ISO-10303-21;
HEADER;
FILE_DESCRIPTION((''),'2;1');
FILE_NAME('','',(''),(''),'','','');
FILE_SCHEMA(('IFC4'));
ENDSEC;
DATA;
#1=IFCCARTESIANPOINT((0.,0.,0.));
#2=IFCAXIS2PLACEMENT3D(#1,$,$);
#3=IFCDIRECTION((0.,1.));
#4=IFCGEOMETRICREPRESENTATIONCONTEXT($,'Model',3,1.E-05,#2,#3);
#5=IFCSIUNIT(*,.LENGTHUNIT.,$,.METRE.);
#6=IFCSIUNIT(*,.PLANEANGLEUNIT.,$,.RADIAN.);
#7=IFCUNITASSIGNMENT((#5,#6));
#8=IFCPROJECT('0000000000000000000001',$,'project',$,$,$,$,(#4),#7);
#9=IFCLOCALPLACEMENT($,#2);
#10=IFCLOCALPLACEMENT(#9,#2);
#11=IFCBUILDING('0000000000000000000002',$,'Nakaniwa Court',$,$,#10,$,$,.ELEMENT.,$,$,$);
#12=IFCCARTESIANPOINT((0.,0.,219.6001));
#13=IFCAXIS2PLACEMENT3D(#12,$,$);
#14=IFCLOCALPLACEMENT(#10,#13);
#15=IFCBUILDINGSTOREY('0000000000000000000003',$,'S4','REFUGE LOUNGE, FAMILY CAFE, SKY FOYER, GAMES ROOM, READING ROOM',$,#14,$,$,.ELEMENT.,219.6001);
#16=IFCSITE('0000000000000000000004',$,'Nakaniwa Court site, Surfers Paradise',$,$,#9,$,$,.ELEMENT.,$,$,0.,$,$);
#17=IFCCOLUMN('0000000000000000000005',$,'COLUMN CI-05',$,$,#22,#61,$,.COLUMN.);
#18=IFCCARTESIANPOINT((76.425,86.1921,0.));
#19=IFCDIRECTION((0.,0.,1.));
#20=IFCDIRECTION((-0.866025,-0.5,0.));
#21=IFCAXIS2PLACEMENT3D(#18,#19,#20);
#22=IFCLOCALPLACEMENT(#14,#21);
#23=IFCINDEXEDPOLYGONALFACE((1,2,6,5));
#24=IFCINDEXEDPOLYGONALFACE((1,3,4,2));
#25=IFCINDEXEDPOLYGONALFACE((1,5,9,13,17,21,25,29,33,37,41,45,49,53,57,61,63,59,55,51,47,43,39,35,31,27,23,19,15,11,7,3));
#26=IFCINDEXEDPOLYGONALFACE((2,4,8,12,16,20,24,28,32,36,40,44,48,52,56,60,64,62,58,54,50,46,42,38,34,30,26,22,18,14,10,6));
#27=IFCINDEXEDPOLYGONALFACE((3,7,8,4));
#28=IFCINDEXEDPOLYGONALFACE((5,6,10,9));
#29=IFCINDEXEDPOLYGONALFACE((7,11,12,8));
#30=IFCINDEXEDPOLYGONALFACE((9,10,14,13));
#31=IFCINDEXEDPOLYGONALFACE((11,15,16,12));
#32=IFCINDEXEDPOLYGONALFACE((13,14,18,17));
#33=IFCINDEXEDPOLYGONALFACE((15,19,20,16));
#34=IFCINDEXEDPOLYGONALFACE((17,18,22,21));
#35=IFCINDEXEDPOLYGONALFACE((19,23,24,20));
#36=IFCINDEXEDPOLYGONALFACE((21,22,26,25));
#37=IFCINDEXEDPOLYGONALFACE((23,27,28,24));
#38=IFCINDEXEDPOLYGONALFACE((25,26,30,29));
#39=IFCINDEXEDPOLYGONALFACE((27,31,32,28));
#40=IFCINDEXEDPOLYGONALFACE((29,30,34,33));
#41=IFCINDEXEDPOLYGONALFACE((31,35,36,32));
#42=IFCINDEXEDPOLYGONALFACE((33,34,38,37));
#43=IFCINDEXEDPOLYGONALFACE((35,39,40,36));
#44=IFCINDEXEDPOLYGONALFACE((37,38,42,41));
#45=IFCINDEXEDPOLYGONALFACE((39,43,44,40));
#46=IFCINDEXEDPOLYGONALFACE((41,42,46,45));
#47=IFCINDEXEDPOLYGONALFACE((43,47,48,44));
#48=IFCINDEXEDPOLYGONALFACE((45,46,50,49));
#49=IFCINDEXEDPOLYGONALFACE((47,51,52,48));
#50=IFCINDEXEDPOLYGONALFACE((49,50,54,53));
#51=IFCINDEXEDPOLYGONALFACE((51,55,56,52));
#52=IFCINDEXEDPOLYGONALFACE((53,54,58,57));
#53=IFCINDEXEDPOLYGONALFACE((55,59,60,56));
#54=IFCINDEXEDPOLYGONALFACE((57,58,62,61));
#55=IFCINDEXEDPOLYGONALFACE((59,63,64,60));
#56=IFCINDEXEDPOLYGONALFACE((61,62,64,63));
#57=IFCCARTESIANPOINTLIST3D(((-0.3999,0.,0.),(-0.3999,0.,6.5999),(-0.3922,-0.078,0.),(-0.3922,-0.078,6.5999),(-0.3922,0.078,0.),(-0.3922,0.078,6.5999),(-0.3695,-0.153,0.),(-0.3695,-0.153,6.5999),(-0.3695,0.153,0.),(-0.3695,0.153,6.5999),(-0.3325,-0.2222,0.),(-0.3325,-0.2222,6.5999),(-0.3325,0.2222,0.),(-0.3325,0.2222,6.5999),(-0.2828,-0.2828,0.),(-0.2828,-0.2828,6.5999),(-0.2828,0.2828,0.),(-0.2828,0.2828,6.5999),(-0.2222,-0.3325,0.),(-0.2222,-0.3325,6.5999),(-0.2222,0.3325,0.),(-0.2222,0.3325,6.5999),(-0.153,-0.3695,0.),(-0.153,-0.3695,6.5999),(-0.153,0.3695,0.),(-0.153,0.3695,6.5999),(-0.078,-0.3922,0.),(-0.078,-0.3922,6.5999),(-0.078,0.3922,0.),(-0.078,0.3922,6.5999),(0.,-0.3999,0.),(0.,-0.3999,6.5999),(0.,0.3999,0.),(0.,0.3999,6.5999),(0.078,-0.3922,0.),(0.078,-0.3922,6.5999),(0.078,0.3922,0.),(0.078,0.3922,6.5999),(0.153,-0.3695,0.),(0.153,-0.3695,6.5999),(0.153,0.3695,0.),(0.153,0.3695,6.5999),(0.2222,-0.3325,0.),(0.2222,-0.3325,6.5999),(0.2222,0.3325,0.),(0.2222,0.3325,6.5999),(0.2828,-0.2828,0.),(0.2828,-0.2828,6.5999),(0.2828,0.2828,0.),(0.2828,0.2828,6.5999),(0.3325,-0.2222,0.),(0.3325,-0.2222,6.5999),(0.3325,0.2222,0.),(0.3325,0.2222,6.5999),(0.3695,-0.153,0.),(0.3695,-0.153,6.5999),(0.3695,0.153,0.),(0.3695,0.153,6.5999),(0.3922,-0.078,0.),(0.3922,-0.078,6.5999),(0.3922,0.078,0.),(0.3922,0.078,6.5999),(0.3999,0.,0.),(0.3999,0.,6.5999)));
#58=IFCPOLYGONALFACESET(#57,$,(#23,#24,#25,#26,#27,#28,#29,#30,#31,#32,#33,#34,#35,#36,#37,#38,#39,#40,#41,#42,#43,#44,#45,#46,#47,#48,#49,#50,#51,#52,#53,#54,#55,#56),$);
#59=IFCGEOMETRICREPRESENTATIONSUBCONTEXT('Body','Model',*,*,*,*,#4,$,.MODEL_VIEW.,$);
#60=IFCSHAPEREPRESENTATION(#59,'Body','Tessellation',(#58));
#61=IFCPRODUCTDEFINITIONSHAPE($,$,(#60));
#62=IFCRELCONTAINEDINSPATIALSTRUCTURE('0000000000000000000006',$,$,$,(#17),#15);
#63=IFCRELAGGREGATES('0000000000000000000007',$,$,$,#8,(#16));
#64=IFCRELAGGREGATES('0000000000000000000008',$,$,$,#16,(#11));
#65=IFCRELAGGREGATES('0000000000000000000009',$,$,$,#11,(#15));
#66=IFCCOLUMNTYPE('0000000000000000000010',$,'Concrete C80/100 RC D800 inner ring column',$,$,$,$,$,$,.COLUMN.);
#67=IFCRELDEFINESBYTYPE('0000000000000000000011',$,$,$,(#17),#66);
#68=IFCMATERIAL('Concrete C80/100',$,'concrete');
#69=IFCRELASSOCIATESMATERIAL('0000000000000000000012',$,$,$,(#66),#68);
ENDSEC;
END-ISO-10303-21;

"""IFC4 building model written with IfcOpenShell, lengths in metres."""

from ifc_helpers import new_model, si_unit, direction, frame, origin, origin_2d, place, context, subcontext, project, spatial, circle, extrude, material, material_profile, profile_set, type_object, element, save


model = new_model("IFC4")

# Units and contexts
model_context = context("Model", 3, precision=1e-05, world=origin(), true_north=direction((0.0, 1.0)))
body_context = subcontext(model_context, "Body", "Model", "MODEL_VIEW")
ifc_project = project(units=[si_unit("LENGTHUNIT", "METRE"), si_unit("PLANEANGLEUNIT", "RADIAN")], contexts=[model_context])

# Site, building, storey
site_placement = place(None, origin())
site = spatial("IfcSite", under=ifc_project, at=site_placement, Name="Nakaniwa Court site, Surfers Paradise", CompositionType="ELEMENT", RefElevation=0.0)
building_placement = place(site_placement, origin())
building = spatial("IfcBuilding", under=site, at=building_placement, Name="Nakaniwa Court", CompositionType="ELEMENT")
storey_placement = place(building_placement, frame((0.0, 0.0, 219.6001)))
storey = spatial("IfcBuildingStorey", under=building, at=storey_placement, Name="S4", Description="REFUGE LOUNGE, FAMILY CAFE, SKY FOYER, GAMES ROOM, READING ROOM", CompositionType="ELEMENT", Elevation=219.6001)

# Column
ifc_material_1 = material(Name="Concrete C80/100", Category="concrete")
ifc_material_profile_1 = material_profile(ifc_material_1, circle(Radius=0.3999, at=origin_2d()), Name="Concrete C80/100 RC D800 inner ring column")
ifc_profile_set_1 = profile_set([ifc_material_profile_1], Name="Concrete C80/100")
column_type_1 = type_object("IfcColumnType", Name="Concrete C80/100 RC D800 inner ring column", PredefinedType="COLUMN", material=ifc_profile_set_1)
column_placement = place(storey_placement, frame((76.425, 86.1921, 0.0), z_axis=(0.0, 0.0, 1.0), x_axis=(-0.866025, -0.5, 0.0)))
element("IfcColumn", 1, at=column_placement, inside=storey, type_object=column_type_1, Name="COLUMN CI-05", PredefinedType="COLUMN", context=body_context, shape_type="SweptSolid", body=[
    extrude(circle(Radius=0.3999, at=origin_2d()), origin(), (0.0, 0.0, 1.0), 6.5999),
])

save(model, "model.ifc")
